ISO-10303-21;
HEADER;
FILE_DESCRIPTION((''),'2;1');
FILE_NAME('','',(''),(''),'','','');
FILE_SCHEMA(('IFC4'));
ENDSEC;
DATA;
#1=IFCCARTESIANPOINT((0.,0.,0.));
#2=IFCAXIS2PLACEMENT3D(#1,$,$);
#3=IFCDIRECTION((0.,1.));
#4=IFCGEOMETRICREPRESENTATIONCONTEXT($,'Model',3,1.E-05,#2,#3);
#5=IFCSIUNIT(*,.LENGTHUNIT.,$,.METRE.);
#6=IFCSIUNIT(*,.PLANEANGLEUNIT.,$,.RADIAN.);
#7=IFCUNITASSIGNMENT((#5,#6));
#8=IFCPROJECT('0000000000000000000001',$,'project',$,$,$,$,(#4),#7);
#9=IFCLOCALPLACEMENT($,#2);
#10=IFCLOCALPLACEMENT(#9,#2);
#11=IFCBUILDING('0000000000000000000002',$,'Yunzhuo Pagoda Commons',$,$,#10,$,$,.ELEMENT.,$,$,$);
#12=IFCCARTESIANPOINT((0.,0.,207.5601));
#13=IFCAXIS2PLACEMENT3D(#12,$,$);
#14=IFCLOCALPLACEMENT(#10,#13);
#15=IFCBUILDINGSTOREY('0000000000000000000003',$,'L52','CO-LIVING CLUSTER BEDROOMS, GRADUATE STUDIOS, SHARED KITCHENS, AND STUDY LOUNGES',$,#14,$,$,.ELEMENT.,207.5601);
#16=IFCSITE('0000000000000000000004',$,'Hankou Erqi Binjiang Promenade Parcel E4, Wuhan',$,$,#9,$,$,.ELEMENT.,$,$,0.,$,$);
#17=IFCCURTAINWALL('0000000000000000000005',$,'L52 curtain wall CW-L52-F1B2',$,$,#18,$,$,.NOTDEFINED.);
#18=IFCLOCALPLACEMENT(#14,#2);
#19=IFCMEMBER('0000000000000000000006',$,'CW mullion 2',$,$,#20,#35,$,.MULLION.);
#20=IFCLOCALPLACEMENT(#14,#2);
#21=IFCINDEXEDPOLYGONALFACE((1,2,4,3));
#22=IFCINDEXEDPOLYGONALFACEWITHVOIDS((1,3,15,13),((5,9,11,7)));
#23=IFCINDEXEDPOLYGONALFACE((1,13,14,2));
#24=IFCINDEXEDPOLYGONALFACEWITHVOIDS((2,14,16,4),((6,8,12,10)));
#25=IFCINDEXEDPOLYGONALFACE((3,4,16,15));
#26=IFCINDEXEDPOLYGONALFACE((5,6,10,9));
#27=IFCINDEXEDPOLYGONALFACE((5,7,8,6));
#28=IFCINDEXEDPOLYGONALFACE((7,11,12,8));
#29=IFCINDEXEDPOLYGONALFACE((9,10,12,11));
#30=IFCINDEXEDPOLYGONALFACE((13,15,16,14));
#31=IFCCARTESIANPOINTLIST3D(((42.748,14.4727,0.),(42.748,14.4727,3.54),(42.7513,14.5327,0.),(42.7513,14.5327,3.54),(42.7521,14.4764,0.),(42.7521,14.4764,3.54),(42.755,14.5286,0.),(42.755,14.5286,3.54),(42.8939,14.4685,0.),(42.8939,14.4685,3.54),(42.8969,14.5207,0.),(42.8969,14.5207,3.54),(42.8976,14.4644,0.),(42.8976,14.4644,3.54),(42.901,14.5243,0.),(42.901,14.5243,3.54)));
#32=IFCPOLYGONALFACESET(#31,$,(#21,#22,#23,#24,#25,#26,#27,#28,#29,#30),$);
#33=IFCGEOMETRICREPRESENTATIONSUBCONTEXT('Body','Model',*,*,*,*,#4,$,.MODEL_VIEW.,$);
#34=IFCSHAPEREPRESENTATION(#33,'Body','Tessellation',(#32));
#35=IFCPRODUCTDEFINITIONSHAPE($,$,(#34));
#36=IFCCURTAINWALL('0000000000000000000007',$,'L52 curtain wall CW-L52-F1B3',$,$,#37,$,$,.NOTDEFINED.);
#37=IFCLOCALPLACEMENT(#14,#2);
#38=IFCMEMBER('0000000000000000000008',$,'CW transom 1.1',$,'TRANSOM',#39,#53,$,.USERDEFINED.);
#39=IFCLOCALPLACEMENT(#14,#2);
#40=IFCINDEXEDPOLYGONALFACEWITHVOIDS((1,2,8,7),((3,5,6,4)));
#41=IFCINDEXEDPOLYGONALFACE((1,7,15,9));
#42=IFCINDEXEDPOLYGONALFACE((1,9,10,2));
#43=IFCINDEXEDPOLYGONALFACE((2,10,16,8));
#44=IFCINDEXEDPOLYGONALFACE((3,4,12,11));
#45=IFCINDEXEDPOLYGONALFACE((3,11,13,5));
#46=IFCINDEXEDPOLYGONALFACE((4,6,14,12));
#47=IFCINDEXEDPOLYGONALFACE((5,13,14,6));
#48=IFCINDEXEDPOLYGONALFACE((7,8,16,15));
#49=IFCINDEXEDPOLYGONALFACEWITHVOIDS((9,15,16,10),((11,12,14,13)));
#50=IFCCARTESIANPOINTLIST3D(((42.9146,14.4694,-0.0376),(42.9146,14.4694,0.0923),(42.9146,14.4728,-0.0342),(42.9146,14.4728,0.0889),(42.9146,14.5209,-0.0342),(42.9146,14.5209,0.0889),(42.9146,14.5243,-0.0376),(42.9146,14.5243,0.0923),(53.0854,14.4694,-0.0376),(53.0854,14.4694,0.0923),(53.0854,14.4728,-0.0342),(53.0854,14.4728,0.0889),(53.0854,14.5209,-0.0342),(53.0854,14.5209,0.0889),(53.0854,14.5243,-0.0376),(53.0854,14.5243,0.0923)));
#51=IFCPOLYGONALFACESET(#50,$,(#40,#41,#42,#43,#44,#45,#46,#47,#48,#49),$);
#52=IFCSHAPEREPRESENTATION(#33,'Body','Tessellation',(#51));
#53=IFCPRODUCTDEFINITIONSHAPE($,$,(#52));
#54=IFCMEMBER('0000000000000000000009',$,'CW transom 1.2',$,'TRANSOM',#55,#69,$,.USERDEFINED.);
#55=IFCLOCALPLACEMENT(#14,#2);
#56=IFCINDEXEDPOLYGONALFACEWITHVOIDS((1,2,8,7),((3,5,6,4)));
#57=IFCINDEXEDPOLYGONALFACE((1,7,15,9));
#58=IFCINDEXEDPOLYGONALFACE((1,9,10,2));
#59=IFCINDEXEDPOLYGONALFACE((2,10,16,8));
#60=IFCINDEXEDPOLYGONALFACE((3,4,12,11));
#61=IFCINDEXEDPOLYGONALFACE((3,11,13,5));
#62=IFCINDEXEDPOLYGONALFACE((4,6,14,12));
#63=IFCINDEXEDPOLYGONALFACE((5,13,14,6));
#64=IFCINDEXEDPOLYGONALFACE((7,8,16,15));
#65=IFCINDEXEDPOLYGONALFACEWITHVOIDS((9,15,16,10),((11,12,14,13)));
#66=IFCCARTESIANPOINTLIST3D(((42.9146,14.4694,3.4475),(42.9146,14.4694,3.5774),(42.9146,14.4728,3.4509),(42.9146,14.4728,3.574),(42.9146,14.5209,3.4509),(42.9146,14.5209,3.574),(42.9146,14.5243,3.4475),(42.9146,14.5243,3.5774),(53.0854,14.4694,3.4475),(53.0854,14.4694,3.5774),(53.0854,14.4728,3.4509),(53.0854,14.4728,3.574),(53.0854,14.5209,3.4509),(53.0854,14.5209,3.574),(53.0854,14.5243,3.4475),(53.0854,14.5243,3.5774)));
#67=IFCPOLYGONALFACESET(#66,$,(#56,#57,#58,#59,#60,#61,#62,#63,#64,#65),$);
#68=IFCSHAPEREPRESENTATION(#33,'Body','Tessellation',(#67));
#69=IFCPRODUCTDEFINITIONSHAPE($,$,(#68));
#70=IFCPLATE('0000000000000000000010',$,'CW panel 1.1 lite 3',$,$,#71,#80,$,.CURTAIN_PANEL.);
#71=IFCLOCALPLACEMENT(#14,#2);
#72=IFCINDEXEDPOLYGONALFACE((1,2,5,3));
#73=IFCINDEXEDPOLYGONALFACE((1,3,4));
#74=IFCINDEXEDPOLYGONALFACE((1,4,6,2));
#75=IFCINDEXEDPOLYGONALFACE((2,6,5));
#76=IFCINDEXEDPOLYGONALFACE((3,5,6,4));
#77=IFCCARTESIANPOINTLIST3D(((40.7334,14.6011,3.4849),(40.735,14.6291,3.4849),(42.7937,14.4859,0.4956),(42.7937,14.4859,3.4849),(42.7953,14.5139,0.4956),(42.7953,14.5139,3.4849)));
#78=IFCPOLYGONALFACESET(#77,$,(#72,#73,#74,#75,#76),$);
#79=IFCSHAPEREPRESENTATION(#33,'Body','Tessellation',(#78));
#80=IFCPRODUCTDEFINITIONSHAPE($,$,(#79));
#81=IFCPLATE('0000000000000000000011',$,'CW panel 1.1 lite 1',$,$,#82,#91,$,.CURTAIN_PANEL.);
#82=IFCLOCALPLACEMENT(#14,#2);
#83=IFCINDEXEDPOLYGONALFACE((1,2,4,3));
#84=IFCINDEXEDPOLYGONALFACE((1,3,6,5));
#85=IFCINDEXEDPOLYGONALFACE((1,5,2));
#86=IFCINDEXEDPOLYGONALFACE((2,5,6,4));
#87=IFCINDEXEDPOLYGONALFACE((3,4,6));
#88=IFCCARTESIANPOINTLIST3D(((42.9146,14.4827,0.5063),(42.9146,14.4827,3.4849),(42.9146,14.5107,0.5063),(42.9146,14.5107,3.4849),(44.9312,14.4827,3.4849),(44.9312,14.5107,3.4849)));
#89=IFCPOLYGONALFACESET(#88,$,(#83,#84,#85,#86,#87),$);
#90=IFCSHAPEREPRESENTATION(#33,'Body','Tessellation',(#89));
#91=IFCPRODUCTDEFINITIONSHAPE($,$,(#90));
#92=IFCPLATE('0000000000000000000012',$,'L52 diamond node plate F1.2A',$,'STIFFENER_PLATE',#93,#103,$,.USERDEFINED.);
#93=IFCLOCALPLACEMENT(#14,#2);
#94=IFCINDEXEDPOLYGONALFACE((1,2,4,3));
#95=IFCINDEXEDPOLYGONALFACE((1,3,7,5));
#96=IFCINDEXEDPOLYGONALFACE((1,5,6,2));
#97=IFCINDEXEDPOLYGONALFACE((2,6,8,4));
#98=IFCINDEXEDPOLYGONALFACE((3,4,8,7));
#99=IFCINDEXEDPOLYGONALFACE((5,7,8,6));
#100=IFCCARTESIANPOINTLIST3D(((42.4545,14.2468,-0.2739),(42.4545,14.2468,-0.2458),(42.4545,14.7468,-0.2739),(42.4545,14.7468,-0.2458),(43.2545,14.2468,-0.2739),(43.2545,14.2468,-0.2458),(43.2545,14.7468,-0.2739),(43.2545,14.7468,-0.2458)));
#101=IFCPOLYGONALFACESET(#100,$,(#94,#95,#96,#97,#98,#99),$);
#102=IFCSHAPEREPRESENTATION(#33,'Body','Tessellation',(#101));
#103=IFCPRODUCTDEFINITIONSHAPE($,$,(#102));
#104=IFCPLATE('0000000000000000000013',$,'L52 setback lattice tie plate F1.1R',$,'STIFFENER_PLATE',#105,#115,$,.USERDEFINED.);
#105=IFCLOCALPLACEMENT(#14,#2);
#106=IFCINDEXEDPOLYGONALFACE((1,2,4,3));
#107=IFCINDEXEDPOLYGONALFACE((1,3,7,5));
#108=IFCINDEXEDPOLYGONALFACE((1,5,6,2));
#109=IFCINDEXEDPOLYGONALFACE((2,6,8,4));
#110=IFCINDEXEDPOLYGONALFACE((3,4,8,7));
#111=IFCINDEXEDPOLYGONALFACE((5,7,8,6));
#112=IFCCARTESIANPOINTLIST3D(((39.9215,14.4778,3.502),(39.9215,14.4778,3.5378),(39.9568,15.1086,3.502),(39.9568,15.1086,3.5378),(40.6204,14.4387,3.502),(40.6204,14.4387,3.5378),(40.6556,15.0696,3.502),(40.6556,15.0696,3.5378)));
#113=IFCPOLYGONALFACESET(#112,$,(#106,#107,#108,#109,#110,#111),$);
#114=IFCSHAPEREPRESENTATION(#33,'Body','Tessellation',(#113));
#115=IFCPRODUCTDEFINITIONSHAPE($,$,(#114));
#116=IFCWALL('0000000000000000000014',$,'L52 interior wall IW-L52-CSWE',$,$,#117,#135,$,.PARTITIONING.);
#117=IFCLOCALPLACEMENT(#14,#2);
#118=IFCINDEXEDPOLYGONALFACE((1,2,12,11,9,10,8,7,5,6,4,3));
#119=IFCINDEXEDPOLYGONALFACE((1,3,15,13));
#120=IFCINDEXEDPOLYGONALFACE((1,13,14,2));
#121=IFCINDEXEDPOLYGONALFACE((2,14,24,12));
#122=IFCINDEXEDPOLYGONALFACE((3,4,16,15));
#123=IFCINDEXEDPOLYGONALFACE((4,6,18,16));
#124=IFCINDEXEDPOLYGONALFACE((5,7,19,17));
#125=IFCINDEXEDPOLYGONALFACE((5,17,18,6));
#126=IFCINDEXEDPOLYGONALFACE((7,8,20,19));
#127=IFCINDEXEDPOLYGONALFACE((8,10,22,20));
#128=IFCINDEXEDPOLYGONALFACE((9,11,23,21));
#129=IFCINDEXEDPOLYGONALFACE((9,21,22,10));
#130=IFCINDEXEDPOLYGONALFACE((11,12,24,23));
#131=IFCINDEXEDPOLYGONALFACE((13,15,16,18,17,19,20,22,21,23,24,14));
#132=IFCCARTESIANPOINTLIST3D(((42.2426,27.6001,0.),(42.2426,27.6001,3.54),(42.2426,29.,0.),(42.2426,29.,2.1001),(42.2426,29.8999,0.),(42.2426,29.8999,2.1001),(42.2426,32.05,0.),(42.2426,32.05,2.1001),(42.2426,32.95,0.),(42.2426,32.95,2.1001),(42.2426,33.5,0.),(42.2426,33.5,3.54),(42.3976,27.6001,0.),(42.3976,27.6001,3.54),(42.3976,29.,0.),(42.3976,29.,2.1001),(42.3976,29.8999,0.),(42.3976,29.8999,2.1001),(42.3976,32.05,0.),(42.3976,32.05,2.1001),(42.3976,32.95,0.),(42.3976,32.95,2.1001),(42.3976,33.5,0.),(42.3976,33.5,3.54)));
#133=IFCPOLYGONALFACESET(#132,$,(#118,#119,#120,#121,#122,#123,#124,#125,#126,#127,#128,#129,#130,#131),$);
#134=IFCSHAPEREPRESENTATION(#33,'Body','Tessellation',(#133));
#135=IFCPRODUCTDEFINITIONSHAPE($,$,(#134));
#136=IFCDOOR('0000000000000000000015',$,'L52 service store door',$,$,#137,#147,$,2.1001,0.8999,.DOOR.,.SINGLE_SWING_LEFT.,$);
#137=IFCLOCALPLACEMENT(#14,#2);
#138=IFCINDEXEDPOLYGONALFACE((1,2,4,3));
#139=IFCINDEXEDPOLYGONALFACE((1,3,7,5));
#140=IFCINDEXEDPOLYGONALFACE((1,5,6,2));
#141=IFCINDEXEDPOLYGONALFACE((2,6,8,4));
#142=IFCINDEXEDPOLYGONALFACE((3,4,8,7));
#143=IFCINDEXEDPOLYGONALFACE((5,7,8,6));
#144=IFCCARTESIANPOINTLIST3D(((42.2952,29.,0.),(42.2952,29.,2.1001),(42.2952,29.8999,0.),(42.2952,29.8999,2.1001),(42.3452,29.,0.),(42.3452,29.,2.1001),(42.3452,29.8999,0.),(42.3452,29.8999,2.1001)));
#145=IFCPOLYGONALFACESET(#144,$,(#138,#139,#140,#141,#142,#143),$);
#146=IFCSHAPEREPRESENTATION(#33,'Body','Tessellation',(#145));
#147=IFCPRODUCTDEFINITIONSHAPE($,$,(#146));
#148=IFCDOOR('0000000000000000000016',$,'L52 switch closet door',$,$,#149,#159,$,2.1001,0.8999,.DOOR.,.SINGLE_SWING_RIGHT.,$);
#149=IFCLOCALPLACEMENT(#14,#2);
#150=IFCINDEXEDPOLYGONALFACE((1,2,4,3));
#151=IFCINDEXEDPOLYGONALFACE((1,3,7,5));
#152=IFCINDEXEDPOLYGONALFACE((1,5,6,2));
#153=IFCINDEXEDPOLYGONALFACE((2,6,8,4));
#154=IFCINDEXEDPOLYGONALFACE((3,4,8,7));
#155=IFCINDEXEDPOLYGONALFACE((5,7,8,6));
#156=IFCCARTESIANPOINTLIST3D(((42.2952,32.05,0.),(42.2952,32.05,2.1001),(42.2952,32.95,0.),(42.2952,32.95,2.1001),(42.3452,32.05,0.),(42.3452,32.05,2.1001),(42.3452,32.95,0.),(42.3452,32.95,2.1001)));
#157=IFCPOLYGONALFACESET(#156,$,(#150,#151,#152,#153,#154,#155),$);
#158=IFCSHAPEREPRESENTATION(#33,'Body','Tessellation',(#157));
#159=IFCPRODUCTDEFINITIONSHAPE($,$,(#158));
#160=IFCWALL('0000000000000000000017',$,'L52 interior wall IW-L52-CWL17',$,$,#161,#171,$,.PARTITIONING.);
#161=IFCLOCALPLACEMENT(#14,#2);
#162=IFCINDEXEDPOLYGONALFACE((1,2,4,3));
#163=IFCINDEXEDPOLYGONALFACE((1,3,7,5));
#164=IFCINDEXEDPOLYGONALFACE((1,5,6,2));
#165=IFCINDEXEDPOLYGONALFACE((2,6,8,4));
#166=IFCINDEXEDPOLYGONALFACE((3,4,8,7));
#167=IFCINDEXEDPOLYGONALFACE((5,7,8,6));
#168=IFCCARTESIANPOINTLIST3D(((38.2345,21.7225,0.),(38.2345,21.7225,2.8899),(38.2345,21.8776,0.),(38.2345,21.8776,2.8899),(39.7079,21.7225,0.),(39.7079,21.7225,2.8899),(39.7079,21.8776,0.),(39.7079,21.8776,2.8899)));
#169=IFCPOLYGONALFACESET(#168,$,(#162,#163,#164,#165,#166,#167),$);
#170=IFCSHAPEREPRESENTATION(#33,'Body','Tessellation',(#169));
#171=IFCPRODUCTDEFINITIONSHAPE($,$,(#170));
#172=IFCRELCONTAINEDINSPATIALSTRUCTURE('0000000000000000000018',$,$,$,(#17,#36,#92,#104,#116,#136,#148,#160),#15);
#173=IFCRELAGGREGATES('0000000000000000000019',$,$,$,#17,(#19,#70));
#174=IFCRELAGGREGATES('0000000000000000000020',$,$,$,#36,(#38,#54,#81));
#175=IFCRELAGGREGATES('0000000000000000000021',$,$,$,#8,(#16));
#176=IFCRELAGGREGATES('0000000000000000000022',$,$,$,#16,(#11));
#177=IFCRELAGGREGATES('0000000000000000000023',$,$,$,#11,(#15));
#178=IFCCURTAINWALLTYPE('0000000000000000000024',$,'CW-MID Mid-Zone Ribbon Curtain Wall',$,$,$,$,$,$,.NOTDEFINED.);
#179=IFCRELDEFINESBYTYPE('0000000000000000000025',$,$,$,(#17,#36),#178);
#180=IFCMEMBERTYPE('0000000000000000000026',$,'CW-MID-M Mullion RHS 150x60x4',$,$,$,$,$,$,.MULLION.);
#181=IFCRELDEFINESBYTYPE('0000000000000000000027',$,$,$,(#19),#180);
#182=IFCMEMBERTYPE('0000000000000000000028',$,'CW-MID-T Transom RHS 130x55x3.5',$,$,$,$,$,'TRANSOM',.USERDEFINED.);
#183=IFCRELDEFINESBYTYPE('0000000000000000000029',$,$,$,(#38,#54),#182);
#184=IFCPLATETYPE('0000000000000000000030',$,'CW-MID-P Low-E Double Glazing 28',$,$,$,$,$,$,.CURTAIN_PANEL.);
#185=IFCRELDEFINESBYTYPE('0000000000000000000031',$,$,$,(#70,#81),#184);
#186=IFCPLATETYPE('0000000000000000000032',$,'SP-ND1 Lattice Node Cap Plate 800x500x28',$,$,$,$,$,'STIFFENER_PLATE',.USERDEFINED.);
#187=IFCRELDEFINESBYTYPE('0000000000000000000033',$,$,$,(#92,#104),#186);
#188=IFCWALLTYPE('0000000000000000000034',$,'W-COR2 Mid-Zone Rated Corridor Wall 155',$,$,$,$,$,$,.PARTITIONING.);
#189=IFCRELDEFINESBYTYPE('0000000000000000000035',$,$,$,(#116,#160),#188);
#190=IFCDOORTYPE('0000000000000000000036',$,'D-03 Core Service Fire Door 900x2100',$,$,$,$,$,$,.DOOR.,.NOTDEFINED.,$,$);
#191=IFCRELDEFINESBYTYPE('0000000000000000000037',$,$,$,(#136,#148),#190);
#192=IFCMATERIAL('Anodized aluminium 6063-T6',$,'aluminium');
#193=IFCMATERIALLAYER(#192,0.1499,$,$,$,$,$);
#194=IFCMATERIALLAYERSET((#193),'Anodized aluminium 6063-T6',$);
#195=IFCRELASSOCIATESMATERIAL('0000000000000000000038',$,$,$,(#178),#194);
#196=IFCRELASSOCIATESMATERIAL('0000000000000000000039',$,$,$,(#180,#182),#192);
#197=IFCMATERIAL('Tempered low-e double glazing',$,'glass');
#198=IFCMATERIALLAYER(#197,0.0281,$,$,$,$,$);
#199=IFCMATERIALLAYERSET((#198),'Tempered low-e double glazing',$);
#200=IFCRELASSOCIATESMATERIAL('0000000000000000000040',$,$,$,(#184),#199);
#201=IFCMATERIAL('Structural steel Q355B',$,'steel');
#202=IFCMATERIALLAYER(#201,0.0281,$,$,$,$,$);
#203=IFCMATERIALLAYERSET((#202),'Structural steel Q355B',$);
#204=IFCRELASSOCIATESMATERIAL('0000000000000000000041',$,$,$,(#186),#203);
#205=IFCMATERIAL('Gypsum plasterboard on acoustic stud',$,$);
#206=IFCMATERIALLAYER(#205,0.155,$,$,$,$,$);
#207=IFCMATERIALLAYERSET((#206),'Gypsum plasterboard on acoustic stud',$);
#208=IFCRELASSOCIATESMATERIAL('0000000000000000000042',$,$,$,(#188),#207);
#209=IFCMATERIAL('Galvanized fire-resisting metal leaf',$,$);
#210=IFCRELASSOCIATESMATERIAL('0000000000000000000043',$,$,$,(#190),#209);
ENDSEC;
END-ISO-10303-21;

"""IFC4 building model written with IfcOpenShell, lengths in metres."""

from ifc_helpers import new_model, si_unit, direction, frame, frame_2d, origin, origin_with_axes, origin_2d, place, context, subcontext, project, spatial, polyline, rectangle, hollow_rectangle, outline, extrude, source, transform, mapped, material, layer, layer_set, material_profile, profile_set, type_object, element, fill, aggregate, save


model = new_model("IFC4")

# Units and contexts
model_context = context("Model", 3, precision=1e-05, world=origin(), true_north=direction((0.0, 1.0)))
body_context = subcontext(model_context, "Body", "Model", "MODEL_VIEW")
ifc_project = project(units=[si_unit("LENGTHUNIT", "METRE"), si_unit("PLANEANGLEUNIT", "RADIAN")], contexts=[model_context])

# Site, building, storey
site_placement = place(None, origin())
site = spatial("IfcSite", under=ifc_project, at=site_placement, Name="Hankou Erqi Binjiang Promenade Parcel E4, Wuhan", CompositionType="ELEMENT", RefElevation=0.0)
building_placement = place(site_placement, origin())
building = spatial("IfcBuilding", under=site, at=building_placement, Name="Yunzhuo Pagoda Commons", CompositionType="ELEMENT")
storey_placement = place(building_placement, frame((0.0, 0.0, 207.5601)))
storey = spatial("IfcBuildingStorey", under=building, at=storey_placement, Name="L52", Description="CO-LIVING CLUSTER BEDROOMS, GRADUATE STUDIOS, SHARED KITCHENS, AND STUDY LOUNGES", CompositionType="ELEMENT", Elevation=207.5601)

# Shared definitions
ifc_material_1 = material(Name="Structural steel Q355B", Category="steel")

# Curtain wall, member
ifc_material_2 = material(Name="Anodized aluminium 6063-T6", Category="aluminium")
ifc_layer_1 = layer(ifc_material_2, 0.1499)
ifc_layer_set_1 = layer_set([ifc_layer_1], Name="Anodized aluminium 6063-T6")
curtain_wall_type = type_object("IfcCurtainWallType", Name="CW-MID Mid-Zone Ribbon Curtain Wall", PredefinedType="NOTDEFINED", material=ifc_layer_set_1)
curtain_wall_1_placement = place(storey_placement, origin())
curtain_wall_1 = element("IfcCurtainWall", 1, at=curtain_wall_1_placement, inside=storey, type_object=curtain_wall_type, Name="L52 curtain wall CW-L52-F1B2", PredefinedType="NOTDEFINED")
ifc_material_profile_1 = material_profile(ifc_material_2, hollow_rectangle(XDim=0.0601, YDim=0.1499, WallThickness=0.0039, at=origin_2d()), Name="Anodized aluminium 6063-T6")
ifc_profile_set_1 = profile_set([ifc_material_profile_1], Name="Anodized aluminium 6063-T6")
member_type_1 = type_object("IfcMemberType", Name="CW-MID-M Mullion RHS 150x60x4", PredefinedType="MULLION", material=ifc_profile_set_1)
shared_shape_1 = source(origin(), body_context, "Body", "SweptSolid", [
    extrude(hollow_rectangle(XDim=0.0601, YDim=0.1499, WallThickness=0.0039, at=origin_2d()), origin(), (0.0, 0.0, 1.0), 3.54),
])
member_1_placement = place(storey_placement, frame((42.8245, 14.4985, 0.0), z_axis=(0.0, 0.0, 1.0), x_axis=(0.055819, 0.998441, 0.0)))
member_1 = element("IfcMember", 2, at=member_1_placement, type_object=member_type_1, Name="CW mullion 2", PredefinedType="MULLION", context=body_context, shape_type="MappedRepresentation", body=[
    mapped(shared_shape_1, transform((0.0, 0.0, 0.0), scale=1.0)),
])

# Curtain wall, members
curtain_wall_2_placement = place(storey_placement, origin())
curtain_wall_2 = element("IfcCurtainWall", 3, at=curtain_wall_2_placement, inside=storey, type_object=curtain_wall_type, Name="L52 curtain wall CW-L52-F1B3", PredefinedType="NOTDEFINED")
ifc_material_profile_2 = material_profile(ifc_material_2, hollow_rectangle(XDim=0.0549, YDim=0.1299, WallThickness=0.0034, at=origin_2d()), Name="Anodized aluminium 6063-T6")
ifc_profile_set_2 = profile_set([ifc_material_profile_2], Name="Anodized aluminium 6063-T6")
member_type_2 = type_object("IfcMemberType", Name="CW-MID-T Transom RHS 130x55x3.5", ElementType="TRANSOM", PredefinedType="USERDEFINED", material=ifc_profile_set_2)
shared_shape_2 = source(origin(), body_context, "Body", "SweptSolid", [
    extrude(hollow_rectangle(XDim=0.0549, YDim=0.1299, WallThickness=0.0034, at=origin_2d()), origin(), (0.0, 0.0, 1.0), 10.1709),
])
member_2_placement = place(storey_placement, frame((42.9146, 14.4968, 0.0273), z_axis=(1.0, 0.0, 0.0), x_axis=(0.0, 1.0, 0.0)))
member_2 = element("IfcMember", 4, at=member_2_placement, type_object=member_type_2, Name="CW transom 1.1", ObjectType="TRANSOM", PredefinedType="USERDEFINED", context=body_context, shape_type="MappedRepresentation", body=[
    mapped(shared_shape_2, transform((0.0, 0.0, 0.0), scale=1.0)),
])
member_3_placement = place(storey_placement, frame((42.9146, 14.4968, 3.5125), z_axis=(1.0, 0.0, 0.0), x_axis=(0.0, 1.0, 0.0)))
member_3 = element("IfcMember", 5, at=member_3_placement, type_object=member_type_2, Name="CW transom 1.2", ObjectType="TRANSOM", PredefinedType="USERDEFINED", context=body_context, shape_type="MappedRepresentation", body=[
    mapped(shared_shape_2, transform((0.0, 0.0, 0.0), scale=1.0)),
])

# Plates
ifc_material_3 = material(Name="Tempered low-e double glazing", Category="glass")
ifc_layer_2 = layer(ifc_material_3, 0.0281)
ifc_layer_set_2 = layer_set([ifc_layer_2], Name="Tempered low-e double glazing")
plate_type_1 = type_object("IfcPlateType", Name="CW-MID-P Low-E Double Glazing 28", PredefinedType="CURTAIN_PANEL", material=ifc_layer_set_2)
plate_1_placement = place(storey_placement, frame((41.7651, 14.5715, 1.9902), z_axis=(-0.055819, -0.998441, 0.0), x_axis=(0.998441, -0.055819, 0.0)))
plate_1 = element("IfcPlate", 6, at=plate_1_placement, type_object=plate_type_1, Name="CW panel 1.1 lite 3", PredefinedType="CURTAIN_PANEL", context=body_context, shape_type="SweptSolid", body=[
    extrude(outline(polyline([(-1.0317, 1.4946), (1.0317, -1.4946), (1.0317, 1.4946), (-1.0317, 1.4946)])), origin(), (0.0, 0.0, 1.0), 0.0281),
])
aggregate(curtain_wall_1, [member_1, plate_1])
plate_2_placement = place(storey_placement, frame((43.9229, 14.5107, 1.9956), z_axis=(0.0, -1.0, 0.0), x_axis=(1.0, 0.0, 0.0)))
plate_2 = element("IfcPlate", 7, at=plate_2_placement, type_object=plate_type_1, Name="CW panel 1.1 lite 1", PredefinedType="CURTAIN_PANEL", context=body_context, shape_type="SweptSolid", body=[
    extrude(outline(polyline([(-1.0083, -1.4893), (1.0083, 1.4893), (-1.0083, 1.4893), (-1.0083, -1.4893)])), origin(), (0.0, 0.0, 1.0), 0.0281),
])
aggregate(curtain_wall_2, [member_2, member_3, plate_2])

# Plates
ifc_layer_3 = layer(ifc_material_1, 0.0281)
ifc_layer_set_3 = layer_set([ifc_layer_3], Name="Structural steel Q355B")
plate_type_2 = type_object("IfcPlateType", Name="SP-ND1 Lattice Node Cap Plate 800x500x28", ElementType="STIFFENER_PLATE", PredefinedType="USERDEFINED", material=ifc_layer_set_3)
shared_shape_3 = source(origin(), body_context, "Body", "SweptSolid", [
    extrude(rectangle(XDim=0.8, YDim=0.5, at=origin_2d()), origin(), (0.0, 0.0, 1.0), 0.0281),
])
plate_3_placement = place(storey_placement, frame((42.8545, 14.4968, -0.2739), z_axis=(0.0, 0.0, 1.0), x_axis=(1.0, 0.0, 0.0)))
element("IfcPlate", 8, at=plate_3_placement, inside=storey, type_object=plate_type_2, Name="L52 diamond node plate F1.2A", ObjectType="STIFFENER_PLATE", PredefinedType="USERDEFINED", context=body_context, shape_type="MappedRepresentation", body=[
    mapped(shared_shape_3, transform((0.0, 0.0, 0.0), scale=1.0)),
])
shared_shape_4 = source(origin(), body_context, "Body", "SweptSolid", [
    extrude(rectangle(XDim=0.7, YDim=0.6318, at=origin_2d()), origin(), (0.0, 0.0, 1.0), 0.0359),
])
plate_4_placement = place(storey_placement, frame((40.2886, 14.7737, 3.502), z_axis=(0.0, 0.0, 1.0), x_axis=(0.998441, -0.055822, 0.0)))
element("IfcPlate", 9, at=plate_4_placement, inside=storey, type_object=plate_type_2, Name="L52 setback lattice tie plate F1.1R", ObjectType="STIFFENER_PLATE", PredefinedType="USERDEFINED", context=body_context, shape_type="MappedRepresentation", body=[
    mapped(shared_shape_4, transform((0.0, 0.0, 0.0), scale=1.0)),
])

# Wall, openings, doors
ifc_material_4 = material(Name="Gypsum plasterboard on acoustic stud")
ifc_layer_4 = layer(ifc_material_4, 0.155)
ifc_layer_set_4 = layer_set([ifc_layer_4], Name="Gypsum plasterboard on acoustic stud")
wall_type_1 = type_object("IfcWallType", Name="W-COR2 Mid-Zone Rated Corridor Wall 155", PredefinedType="PARTITIONING", material=ifc_layer_set_4)
wall_1_placement = place(storey_placement, frame((42.3201, 27.6001, 0.0), z_axis=(0.0, 0.0, 1.0), x_axis=(0.0, 1.0, 0.0)))
wall_1 = element("IfcWall", 10, at=wall_1_placement, inside=storey, type_object=wall_type_1, Name="L52 interior wall IW-L52-CSWE", PredefinedType="PARTITIONING", context=body_context, shape_type="SweptSolid", body=[
    extrude(rectangle(XDim=5.8999, YDim=0.155, at=frame_2d((2.95, 0.0))), origin(), (0.0, 0.0, 1.0), 3.54),
])
opening_1_placement = place(wall_1_placement, frame((1.3999, 0.0, 0.0)))
opening_1 = element("IfcOpeningElement", 11, at=opening_1_placement, cuts=wall_1, PredefinedType="OPENING", context=body_context, shape_type="SweptSolid", body=[
    extrude(rectangle(XDim=0.8999, YDim=2.1001, at=frame_2d((0.45, 1.05))), frame((0.0, 0.0874, 0.0), z_axis=(0.0, -1.0, 0.0), x_axis=(1.0, 0.0, 0.0)), (0.0, 0.0, 1.0), 0.175),
])
opening_2_placement = place(wall_1_placement, frame((4.45, 0.0, 0.0)))
opening_2 = element("IfcOpeningElement", 12, at=opening_2_placement, cuts=wall_1, PredefinedType="OPENING", context=body_context, shape_type="SweptSolid", body=[
    extrude(rectangle(XDim=0.8999, YDim=2.1001, at=frame_2d((0.45, 1.05))), frame((0.0, 0.0874, 0.0), z_axis=(0.0, -1.0, 0.0), x_axis=(1.0, 0.0, 0.0)), (0.0, 0.0, 1.0), 0.175),
])
ifc_material_5 = material(Name="Galvanized fire-resisting metal leaf")
door_type_1 = type_object("IfcDoorType", Name="D-03 Core Service Fire Door 900x2100", OperationType="NOTDEFINED", PredefinedType="DOOR", material=ifc_material_5)
shared_shape_5 = source(origin(), body_context, "Body", "SweptSolid", [
    extrude(rectangle(XDim=0.8999, YDim=2.1001, at=frame_2d((0.45, 1.05))), frame((0.0, 0.0249, 0.0), z_axis=(0.0, -1.0, 0.0), x_axis=(1.0, 0.0, 0.0)), (0.0, 0.0, 1.0), 0.05),
])
door_1_placement = place(opening_1_placement, origin_with_axes())
door_1 = element("IfcDoor", 13, at=door_1_placement, inside=storey, type_object=door_type_1, Name="L52 service store door", OperationType="SINGLE_SWING_LEFT", OverallHeight=2.1001, OverallWidth=0.8999, PredefinedType="DOOR", context=body_context, shape_type="MappedRepresentation", body=[
    mapped(shared_shape_5, transform((0.0, 0.0, 0.0), scale=1.0)),
])
fill(opening_1, door_1)
door_2_placement = place(opening_2_placement, origin_with_axes())
door_2 = element("IfcDoor", 14, at=door_2_placement, inside=storey, type_object=door_type_1, Name="L52 switch closet door", OperationType="SINGLE_SWING_RIGHT", OverallHeight=2.1001, OverallWidth=0.8999, PredefinedType="DOOR", context=body_context, shape_type="MappedRepresentation", body=[
    mapped(shared_shape_5, transform((0.0, 0.0, 0.0), scale=1.0)),
])
fill(opening_2, door_2)

# Wall
wall_2_placement = place(storey_placement, frame((39.708, 21.8, 0.0), z_axis=(0.0, 0.0, 1.0), x_axis=(-1.0, 0.0, 0.0)))
element("IfcWall", 15, at=wall_2_placement, inside=storey, type_object=wall_type_1, Name="L52 interior wall IW-L52-CWL17", PredefinedType="PARTITIONING", context=body_context, shape_type="SweptSolid", body=[
    extrude(rectangle(XDim=1.4734, YDim=0.155, at=frame_2d((0.7368, 0.0))), origin(), (0.0, 0.0, 1.0), 2.8899),
])

save(model, "model.ifc")
